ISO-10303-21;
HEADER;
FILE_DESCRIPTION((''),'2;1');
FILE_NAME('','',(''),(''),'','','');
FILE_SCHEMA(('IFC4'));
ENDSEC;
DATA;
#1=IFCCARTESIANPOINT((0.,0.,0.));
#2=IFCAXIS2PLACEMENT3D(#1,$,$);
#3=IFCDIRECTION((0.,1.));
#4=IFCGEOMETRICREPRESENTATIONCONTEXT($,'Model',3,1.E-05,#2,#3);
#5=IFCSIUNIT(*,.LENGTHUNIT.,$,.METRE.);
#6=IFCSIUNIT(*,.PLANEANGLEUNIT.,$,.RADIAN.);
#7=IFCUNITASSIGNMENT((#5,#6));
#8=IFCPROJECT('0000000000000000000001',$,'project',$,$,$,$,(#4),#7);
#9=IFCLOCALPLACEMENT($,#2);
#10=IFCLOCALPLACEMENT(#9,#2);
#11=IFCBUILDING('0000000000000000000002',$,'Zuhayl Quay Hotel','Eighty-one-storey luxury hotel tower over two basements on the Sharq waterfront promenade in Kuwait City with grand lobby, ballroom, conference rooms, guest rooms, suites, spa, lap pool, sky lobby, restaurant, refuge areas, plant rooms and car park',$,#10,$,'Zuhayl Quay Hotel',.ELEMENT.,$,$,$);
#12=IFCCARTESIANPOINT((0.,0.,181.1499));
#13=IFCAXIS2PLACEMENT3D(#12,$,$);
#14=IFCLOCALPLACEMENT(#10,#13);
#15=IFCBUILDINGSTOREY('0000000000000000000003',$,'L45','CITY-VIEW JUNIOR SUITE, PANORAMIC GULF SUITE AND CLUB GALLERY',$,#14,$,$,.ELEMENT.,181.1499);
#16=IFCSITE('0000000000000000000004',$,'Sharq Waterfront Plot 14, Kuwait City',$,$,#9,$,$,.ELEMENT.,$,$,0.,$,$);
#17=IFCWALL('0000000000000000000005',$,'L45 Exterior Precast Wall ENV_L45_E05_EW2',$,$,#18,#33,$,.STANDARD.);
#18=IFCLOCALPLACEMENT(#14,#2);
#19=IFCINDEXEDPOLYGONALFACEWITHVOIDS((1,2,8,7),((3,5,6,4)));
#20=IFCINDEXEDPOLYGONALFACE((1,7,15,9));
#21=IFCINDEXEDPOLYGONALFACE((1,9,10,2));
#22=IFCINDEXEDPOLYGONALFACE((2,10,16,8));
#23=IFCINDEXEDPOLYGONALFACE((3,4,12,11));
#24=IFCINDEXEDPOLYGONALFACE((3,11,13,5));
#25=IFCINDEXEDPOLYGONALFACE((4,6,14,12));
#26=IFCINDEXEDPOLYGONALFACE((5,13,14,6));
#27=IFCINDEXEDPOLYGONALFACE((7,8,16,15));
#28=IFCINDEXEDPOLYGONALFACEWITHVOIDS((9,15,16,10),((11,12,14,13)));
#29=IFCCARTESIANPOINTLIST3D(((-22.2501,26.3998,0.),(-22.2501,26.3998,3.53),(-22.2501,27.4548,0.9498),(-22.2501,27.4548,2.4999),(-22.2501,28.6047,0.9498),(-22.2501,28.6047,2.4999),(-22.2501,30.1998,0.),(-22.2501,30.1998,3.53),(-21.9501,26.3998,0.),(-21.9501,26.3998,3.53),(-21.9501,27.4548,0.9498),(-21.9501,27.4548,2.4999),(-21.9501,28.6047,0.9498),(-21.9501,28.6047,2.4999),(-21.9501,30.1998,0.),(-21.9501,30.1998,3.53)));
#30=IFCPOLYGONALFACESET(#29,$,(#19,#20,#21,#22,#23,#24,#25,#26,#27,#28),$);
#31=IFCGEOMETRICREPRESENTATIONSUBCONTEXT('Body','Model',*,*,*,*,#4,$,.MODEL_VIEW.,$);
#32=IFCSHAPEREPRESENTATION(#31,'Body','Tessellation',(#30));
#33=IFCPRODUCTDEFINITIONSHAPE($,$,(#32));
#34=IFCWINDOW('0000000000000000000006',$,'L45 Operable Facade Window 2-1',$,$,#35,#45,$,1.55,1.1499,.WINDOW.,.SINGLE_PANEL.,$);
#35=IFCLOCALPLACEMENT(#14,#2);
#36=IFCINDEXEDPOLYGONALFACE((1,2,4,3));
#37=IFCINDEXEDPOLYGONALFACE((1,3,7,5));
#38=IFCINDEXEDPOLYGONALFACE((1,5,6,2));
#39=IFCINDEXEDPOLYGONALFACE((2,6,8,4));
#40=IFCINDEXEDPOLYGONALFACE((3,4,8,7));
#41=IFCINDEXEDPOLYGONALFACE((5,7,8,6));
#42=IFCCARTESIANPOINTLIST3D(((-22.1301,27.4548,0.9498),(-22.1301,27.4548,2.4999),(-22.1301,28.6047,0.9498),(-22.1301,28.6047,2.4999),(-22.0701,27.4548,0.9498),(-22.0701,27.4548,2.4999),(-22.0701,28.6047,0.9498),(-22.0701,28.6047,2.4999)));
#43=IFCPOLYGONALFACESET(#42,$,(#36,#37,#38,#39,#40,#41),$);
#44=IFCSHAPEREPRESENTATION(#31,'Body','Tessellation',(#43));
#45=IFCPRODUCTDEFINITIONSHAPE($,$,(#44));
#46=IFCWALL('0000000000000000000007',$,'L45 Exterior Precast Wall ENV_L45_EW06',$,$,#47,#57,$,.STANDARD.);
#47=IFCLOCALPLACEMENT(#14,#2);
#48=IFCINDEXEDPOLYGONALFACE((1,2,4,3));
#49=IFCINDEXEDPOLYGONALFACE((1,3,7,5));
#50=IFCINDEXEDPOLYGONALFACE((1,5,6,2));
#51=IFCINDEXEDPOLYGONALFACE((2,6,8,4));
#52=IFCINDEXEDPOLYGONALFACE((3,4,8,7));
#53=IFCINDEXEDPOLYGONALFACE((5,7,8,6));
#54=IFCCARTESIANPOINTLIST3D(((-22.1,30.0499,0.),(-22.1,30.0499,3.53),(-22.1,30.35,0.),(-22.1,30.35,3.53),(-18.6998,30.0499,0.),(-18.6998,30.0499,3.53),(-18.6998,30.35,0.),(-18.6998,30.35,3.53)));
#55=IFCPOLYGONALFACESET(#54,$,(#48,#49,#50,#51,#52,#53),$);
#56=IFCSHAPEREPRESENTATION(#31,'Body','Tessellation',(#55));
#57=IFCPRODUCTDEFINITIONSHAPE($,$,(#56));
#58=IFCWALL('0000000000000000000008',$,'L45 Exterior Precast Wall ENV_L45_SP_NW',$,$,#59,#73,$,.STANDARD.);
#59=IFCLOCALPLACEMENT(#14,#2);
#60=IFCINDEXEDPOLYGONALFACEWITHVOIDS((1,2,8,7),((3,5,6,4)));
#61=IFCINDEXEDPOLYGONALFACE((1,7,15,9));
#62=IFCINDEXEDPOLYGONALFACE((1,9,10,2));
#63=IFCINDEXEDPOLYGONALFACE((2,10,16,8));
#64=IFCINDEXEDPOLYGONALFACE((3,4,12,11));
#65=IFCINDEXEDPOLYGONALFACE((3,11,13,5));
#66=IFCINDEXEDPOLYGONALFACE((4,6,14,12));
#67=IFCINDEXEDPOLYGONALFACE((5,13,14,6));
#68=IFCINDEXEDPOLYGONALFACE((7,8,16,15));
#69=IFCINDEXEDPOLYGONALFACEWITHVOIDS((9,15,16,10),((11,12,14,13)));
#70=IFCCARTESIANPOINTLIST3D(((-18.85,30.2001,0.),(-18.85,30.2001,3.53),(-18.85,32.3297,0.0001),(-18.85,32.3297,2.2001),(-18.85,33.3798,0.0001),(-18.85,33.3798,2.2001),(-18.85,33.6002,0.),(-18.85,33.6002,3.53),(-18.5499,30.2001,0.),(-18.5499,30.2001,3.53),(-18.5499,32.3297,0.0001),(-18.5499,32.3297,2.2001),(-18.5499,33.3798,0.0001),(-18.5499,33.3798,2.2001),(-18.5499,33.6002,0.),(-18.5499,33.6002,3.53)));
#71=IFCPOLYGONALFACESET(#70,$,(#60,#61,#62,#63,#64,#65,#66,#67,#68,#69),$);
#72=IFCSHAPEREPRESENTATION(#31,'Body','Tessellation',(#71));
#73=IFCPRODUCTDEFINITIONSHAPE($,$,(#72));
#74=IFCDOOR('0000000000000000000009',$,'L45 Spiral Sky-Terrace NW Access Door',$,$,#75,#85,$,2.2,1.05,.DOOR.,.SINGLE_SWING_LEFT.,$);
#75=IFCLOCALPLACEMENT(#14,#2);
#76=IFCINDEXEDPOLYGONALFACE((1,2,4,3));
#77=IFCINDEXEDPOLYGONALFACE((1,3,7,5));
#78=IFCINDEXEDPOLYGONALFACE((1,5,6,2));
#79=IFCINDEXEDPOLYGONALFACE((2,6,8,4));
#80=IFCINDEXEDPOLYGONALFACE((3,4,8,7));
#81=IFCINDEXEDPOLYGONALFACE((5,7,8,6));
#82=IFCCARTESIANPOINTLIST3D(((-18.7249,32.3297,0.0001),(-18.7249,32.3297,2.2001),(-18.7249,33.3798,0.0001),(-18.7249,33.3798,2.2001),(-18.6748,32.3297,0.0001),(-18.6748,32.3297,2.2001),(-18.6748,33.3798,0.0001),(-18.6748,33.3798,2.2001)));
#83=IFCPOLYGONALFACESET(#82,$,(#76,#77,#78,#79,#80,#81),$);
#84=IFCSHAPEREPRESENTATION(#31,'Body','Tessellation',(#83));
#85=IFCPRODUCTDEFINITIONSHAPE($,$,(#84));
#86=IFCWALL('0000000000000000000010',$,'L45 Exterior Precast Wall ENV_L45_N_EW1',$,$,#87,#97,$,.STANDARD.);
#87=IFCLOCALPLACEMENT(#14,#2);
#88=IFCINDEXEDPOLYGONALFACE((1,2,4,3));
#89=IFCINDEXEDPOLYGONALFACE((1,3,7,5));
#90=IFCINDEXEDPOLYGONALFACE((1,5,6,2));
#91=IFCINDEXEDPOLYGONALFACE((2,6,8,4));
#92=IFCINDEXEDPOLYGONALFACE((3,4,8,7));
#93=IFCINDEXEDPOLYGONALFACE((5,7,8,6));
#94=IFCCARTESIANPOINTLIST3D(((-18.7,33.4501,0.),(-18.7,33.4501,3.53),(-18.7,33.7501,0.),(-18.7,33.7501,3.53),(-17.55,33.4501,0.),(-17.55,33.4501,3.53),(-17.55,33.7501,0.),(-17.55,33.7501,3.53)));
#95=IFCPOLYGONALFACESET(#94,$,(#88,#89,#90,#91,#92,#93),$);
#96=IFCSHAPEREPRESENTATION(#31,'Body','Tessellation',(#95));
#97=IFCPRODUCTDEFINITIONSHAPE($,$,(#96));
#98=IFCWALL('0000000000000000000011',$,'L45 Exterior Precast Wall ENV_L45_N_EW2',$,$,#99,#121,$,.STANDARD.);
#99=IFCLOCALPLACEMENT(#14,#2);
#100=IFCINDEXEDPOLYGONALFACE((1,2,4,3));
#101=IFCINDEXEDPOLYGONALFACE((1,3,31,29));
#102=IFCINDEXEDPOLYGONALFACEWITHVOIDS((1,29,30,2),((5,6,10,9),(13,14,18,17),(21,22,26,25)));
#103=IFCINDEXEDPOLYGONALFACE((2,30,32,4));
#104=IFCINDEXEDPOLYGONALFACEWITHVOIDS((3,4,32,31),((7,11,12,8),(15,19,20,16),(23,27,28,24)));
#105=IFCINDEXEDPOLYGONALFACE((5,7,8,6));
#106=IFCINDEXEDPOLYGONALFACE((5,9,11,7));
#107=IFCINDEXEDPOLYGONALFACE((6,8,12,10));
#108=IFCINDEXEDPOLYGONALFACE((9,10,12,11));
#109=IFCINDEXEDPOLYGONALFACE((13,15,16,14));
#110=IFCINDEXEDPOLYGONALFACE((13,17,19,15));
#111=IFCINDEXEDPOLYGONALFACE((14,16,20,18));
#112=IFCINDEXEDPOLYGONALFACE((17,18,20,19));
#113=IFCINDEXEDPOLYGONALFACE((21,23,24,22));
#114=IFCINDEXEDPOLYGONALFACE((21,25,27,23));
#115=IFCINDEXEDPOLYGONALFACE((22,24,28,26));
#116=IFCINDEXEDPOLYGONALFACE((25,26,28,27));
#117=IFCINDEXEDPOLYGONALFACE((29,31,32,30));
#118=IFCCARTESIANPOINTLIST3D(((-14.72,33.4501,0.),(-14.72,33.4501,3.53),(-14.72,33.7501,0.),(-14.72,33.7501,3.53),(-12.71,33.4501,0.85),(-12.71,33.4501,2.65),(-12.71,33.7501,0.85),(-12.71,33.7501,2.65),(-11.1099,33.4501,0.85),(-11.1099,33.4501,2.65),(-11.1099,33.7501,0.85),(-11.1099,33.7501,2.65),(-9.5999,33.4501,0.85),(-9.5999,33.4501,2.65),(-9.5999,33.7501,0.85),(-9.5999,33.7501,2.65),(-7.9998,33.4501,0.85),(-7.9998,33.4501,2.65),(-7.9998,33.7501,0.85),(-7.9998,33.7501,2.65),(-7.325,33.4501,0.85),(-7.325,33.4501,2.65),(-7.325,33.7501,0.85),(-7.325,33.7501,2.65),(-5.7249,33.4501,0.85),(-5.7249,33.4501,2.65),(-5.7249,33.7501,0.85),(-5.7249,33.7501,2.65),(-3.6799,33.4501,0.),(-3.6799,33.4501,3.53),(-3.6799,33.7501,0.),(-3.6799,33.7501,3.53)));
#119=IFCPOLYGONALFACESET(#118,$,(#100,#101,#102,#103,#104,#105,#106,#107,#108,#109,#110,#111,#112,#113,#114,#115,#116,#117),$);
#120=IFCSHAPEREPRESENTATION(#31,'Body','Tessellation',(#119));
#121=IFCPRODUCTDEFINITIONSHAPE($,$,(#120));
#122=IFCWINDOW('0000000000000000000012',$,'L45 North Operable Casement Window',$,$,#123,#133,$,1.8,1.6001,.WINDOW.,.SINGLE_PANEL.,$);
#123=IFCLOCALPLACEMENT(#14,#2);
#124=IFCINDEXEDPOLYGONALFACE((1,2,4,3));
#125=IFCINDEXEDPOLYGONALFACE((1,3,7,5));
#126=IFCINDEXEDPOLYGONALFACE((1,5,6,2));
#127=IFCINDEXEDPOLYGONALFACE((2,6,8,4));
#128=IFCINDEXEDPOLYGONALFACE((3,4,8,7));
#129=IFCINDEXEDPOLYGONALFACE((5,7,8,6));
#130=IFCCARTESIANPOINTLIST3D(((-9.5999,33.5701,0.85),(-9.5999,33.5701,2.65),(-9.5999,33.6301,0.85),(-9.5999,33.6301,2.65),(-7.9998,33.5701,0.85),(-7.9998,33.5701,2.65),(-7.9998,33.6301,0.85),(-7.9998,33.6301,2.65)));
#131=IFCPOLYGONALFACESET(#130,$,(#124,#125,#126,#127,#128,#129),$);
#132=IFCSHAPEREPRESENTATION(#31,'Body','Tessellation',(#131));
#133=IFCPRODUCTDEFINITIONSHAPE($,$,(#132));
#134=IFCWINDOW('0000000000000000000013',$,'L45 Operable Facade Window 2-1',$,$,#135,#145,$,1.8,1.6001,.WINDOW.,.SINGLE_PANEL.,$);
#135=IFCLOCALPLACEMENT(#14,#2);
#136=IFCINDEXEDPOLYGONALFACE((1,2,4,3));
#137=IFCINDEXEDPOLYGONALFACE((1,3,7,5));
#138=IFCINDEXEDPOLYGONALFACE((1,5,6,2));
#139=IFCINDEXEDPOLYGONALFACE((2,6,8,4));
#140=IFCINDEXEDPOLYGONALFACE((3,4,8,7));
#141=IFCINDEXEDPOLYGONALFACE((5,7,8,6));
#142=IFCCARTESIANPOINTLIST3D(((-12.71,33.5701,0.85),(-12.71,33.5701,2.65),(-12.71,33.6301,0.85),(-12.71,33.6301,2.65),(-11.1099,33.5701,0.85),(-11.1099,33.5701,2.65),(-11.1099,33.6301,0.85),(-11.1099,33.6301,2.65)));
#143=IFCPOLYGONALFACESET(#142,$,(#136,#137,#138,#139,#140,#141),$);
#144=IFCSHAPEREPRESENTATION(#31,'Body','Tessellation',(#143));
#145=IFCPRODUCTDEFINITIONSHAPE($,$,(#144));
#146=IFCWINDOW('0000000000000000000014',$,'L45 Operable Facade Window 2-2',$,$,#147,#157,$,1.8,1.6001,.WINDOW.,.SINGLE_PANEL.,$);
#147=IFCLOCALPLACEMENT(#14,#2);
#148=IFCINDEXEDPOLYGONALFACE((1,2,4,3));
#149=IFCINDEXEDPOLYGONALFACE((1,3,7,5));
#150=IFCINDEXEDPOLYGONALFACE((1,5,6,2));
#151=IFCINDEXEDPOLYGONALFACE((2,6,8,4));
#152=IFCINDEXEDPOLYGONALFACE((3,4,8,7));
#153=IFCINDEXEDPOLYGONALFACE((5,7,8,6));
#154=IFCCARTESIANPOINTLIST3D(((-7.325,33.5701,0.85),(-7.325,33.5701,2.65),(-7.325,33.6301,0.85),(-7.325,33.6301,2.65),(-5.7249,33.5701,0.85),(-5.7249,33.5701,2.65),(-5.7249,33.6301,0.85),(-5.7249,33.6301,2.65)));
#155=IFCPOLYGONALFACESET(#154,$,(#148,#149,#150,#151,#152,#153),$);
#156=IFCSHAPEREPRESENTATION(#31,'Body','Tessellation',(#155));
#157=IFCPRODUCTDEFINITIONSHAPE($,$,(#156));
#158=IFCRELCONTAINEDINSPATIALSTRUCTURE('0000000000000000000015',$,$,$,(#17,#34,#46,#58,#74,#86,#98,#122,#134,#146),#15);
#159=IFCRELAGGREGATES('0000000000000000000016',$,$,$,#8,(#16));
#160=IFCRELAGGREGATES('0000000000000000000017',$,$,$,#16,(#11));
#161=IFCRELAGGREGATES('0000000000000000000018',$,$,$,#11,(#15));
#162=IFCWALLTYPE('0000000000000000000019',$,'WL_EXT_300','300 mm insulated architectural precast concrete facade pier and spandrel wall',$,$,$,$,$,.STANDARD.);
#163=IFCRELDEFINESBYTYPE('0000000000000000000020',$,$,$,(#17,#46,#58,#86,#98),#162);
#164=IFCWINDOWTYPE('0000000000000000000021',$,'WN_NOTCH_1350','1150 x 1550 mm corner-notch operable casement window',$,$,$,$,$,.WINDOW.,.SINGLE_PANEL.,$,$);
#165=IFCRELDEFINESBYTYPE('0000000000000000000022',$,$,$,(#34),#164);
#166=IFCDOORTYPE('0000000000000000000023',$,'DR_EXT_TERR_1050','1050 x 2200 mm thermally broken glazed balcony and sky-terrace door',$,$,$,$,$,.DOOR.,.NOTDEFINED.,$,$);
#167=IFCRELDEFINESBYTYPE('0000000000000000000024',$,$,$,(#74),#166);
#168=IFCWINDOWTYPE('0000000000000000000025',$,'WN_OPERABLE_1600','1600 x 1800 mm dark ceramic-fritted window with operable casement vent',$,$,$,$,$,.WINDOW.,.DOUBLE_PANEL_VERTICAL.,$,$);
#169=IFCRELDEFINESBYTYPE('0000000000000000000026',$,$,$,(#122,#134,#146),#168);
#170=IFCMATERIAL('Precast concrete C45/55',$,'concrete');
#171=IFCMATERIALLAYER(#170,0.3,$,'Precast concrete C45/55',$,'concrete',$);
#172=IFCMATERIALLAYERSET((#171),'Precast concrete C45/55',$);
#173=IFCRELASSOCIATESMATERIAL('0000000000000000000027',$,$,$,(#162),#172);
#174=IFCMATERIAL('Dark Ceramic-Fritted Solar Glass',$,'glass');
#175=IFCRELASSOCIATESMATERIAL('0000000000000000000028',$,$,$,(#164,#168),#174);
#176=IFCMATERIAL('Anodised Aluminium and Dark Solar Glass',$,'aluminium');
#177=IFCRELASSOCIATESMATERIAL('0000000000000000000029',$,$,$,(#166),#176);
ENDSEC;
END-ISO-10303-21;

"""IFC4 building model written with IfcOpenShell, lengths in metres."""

from ifc_helpers import new_model, si_unit, direction, frame, frame_2d, origin, place, context, subcontext, project, spatial, rectangle, extrude, material, layer, layer_set, type_object, element, fill, save


model = new_model("IFC4")

# Units and contexts
model_context = context("Model", 3, precision=1e-05, world=origin(), true_north=direction((0.0, 1.0)))
body_context = subcontext(model_context, "Body", "Model", "MODEL_VIEW")
ifc_project = project(units=[si_unit("LENGTHUNIT", "METRE"), si_unit("PLANEANGLEUNIT", "RADIAN")], contexts=[model_context])

# Site, building, storey
site_placement = place(None, origin())
site = spatial("IfcSite", under=ifc_project, at=site_placement, Name="Sharq Waterfront Plot 14, Kuwait City", CompositionType="ELEMENT", RefElevation=0.0)
building_placement = place(site_placement, origin())
building = spatial("IfcBuilding", under=site, at=building_placement, Name="Zuhayl Quay Hotel", Description="Eighty-one-storey luxury hotel tower over two basements on the Sharq waterfront promenade in Kuwait City with grand lobby, ballroom, conference rooms, guest rooms, suites, spa, lap pool, sky lobby, restaurant, refuge areas, plant rooms and car park", LongName="Zuhayl Quay Hotel", CompositionType="ELEMENT")
storey_placement = place(building_placement, frame((0.0, 0.0, 181.1499)))
storey = spatial("IfcBuildingStorey", under=building, at=storey_placement, Name="L45", Description="CITY-VIEW JUNIOR SUITE, PANORAMIC GULF SUITE AND CLUB GALLERY", CompositionType="ELEMENT", Elevation=181.1499)

# Shared definitions
ifc_material_1 = material(Name="Dark Ceramic-Fritted Solar Glass", Category="glass")

# Wall, opening, window
ifc_material_2 = material(Name="Precast concrete C45/55", Category="concrete")
ifc_layer_1 = layer(ifc_material_2, 0.3, Name="Precast concrete C45/55", Category="concrete")
ifc_layer_set_1 = layer_set([ifc_layer_1], Name="Precast concrete C45/55")
wall_type_1 = type_object("IfcWallType", Name="WL_EXT_300", Description="300 mm insulated architectural precast concrete facade pier and spandrel wall", PredefinedType="STANDARD", material=ifc_layer_set_1)
wall_1_placement = place(storey_placement, frame((-22.1001, 26.3999, 0.0), z_axis=(0.0, 0.0, 1.0), x_axis=(0.0, 1.0, 0.0)))
wall_1 = element("IfcWall", 1, at=wall_1_placement, inside=storey, type_object=wall_type_1, Name="L45 Exterior Precast Wall ENV_L45_E05_EW2", PredefinedType="STANDARD", context=body_context, shape_type="SweptSolid", body=[
    extrude(rectangle(XDim=3.8, YDim=0.3, at=frame_2d((1.8999, 0.0))), origin(), (0.0, 0.0, 1.0), 3.53),
])
opening_1_placement = place(wall_1_placement, frame((1.0549, 0.0, 0.95)))
opening_1 = element("IfcOpeningElement", 2, at=opening_1_placement, cuts=wall_1, PredefinedType="OPENING", context=body_context, shape_type="SweptSolid", body=[
    extrude(rectangle(XDim=1.1499, YDim=1.55, at=frame_2d((0.575, 0.7749))), frame((0.0, 0.1599, 0.0), z_axis=(0.0, -1.0, 0.0), x_axis=(1.0, 0.0, 0.0)), (0.0, 0.0, 1.0), 0.3201),
])
window_type_1 = type_object("IfcWindowType", Name="WN_NOTCH_1350", Description="1150 x 1550 mm corner-notch operable casement window", PartitioningType="SINGLE_PANEL", PredefinedType="WINDOW", material=ifc_material_1)
window_1_placement = place(opening_1_placement, origin())
window_1 = element("IfcWindow", 3, at=window_1_placement, inside=storey, type_object=window_type_1, Name="L45 Operable Facade Window 2-1", OverallHeight=1.55, OverallWidth=1.1499, PartitioningType="SINGLE_PANEL", PredefinedType="WINDOW", context=body_context, shape_type="SweptSolid", body=[
    extrude(rectangle(XDim=1.1499, YDim=1.55, at=frame_2d((0.575, 0.7749))), frame((0.0, 0.03, 0.0), z_axis=(0.0, -1.0, 0.0), x_axis=(1.0, 0.0, 0.0)), (0.0, 0.0, 1.0), 0.0601),
])
fill(opening_1, window_1)

# Wall
wall_2_placement = place(storey_placement, frame((-22.1001, 30.2, 0.0), z_axis=(0.0, 0.0, 1.0), x_axis=(1.0, 0.0, 0.0)))
element("IfcWall", 4, at=wall_2_placement, inside=storey, type_object=wall_type_1, Name="L45 Exterior Precast Wall ENV_L45_EW06", PredefinedType="STANDARD", context=body_context, shape_type="SweptSolid", body=[
    extrude(rectangle(XDim=3.4001, YDim=0.3, at=frame_2d((1.7002, 0.0))), origin(), (0.0, 0.0, 1.0), 3.53),
])

# Wall, opening, door
wall_3_placement = place(storey_placement, frame((-18.7, 30.2, 0.0), z_axis=(0.0, 0.0, 1.0), x_axis=(0.0, 1.0, 0.0)))
wall_3 = element("IfcWall", 5, at=wall_3_placement, inside=storey, type_object=wall_type_1, Name="L45 Exterior Precast Wall ENV_L45_SP_NW", PredefinedType="STANDARD", context=body_context, shape_type="SweptSolid", body=[
    extrude(rectangle(XDim=3.4001, YDim=0.3, at=frame_2d((1.7002, 0.0))), origin(), (0.0, 0.0, 1.0), 3.53),
])
opening_2_placement = place(wall_3_placement, frame((2.1299, 0.0, 0.0)))
opening_2 = element("IfcOpeningElement", 6, at=opening_2_placement, cuts=wall_3, PredefinedType="OPENING", context=body_context, shape_type="SweptSolid", body=[
    extrude(rectangle(XDim=1.05, YDim=2.2, at=frame_2d((0.5249, 1.1001))), frame((0.0, 0.1599, 0.0), z_axis=(0.0, -1.0, 0.0), x_axis=(1.0, 0.0, 0.0)), (0.0, 0.0, 1.0), 0.3201),
])
ifc_material_3 = material(Name="Anodised Aluminium and Dark Solar Glass", Category="aluminium")
door_type_1 = type_object("IfcDoorType", Name="DR_EXT_TERR_1050", Description="1050 x 2200 mm thermally broken glazed balcony and sky-terrace door", OperationType="NOTDEFINED", PredefinedType="DOOR", material=ifc_material_3)
door_1_placement = place(opening_2_placement, origin())
door_1 = element("IfcDoor", 7, at=door_1_placement, inside=storey, type_object=door_type_1, Name="L45 Spiral Sky-Terrace NW Access Door", OperationType="SINGLE_SWING_LEFT", OverallHeight=2.2, OverallWidth=1.05, PredefinedType="DOOR", context=body_context, shape_type="SweptSolid", body=[
    extrude(rectangle(XDim=1.05, YDim=2.2, at=frame_2d((0.5249, 1.1001))), frame((0.0, 0.0249, 0.0), z_axis=(0.0, -1.0, 0.0), x_axis=(1.0, 0.0, 0.0)), (0.0, 0.0, 1.0), 0.05),
])
fill(opening_2, door_1)

# Wall
wall_4_placement = place(storey_placement, frame((-18.7, 33.6001, 0.0), z_axis=(0.0, 0.0, 1.0), x_axis=(1.0, 0.0, 0.0)))
element("IfcWall", 8, at=wall_4_placement, inside=storey, type_object=wall_type_1, Name="L45 Exterior Precast Wall ENV_L45_N_EW1", PredefinedType="STANDARD", context=body_context, shape_type="SweptSolid", body=[
    extrude(rectangle(XDim=1.1499, YDim=0.3, at=frame_2d((0.575, 0.0))), origin(), (0.0, 0.0, 1.0), 3.53),
])

# Wall, openings, windows
wall_5_placement = place(storey_placement, frame((-14.72, 33.6001, 0.0), z_axis=(0.0, 0.0, 1.0), x_axis=(1.0, 0.0, 0.0)))
wall_5 = element("IfcWall", 9, at=wall_5_placement, inside=storey, type_object=wall_type_1, Name="L45 Exterior Precast Wall ENV_L45_N_EW2", PredefinedType="STANDARD", context=body_context, shape_type="SweptSolid", body=[
    extrude(rectangle(XDim=11.04, YDim=0.3, at=frame_2d((5.52, 0.0))), origin(), (0.0, 0.0, 1.0), 3.53),
])
opening_3_placement = place(wall_5_placement, frame((5.1201, 0.0, 0.8501)))
opening_3 = element("IfcOpeningElement", 10, at=opening_3_placement, cuts=wall_5, PredefinedType="OPENING", context=body_context, shape_type="SweptSolid", body=[
    extrude(rectangle(XDim=1.6001, YDim=1.8, at=frame_2d((0.8, 0.8999))), frame((0.0, 0.1599, 0.0), z_axis=(0.0, -1.0, 0.0), x_axis=(1.0, 0.0, 0.0)), (0.0, 0.0, 1.0), 0.3201),
])
opening_4_placement = place(wall_5_placement, frame((2.01, 0.0, 0.8501)))
opening_4 = element("IfcOpeningElement", 11, at=opening_4_placement, cuts=wall_5, PredefinedType="OPENING", context=body_context, shape_type="SweptSolid", body=[
    extrude(rectangle(XDim=1.6001, YDim=1.8, at=frame_2d((0.8, 0.8999))), frame((0.0, 0.1599, 0.0), z_axis=(0.0, -1.0, 0.0), x_axis=(1.0, 0.0, 0.0)), (0.0, 0.0, 1.0), 0.3201),
])
opening_5_placement = place(wall_5_placement, frame((7.395, 0.0, 0.8501)))
opening_5 = element("IfcOpeningElement", 12, at=opening_5_placement, cuts=wall_5, PredefinedType="OPENING", context=body_context, shape_type="SweptSolid", body=[
    extrude(rectangle(XDim=1.6001, YDim=1.8, at=frame_2d((0.8, 0.8999))), frame((0.0, 0.1599, 0.0), z_axis=(0.0, -1.0, 0.0), x_axis=(1.0, 0.0, 0.0)), (0.0, 0.0, 1.0), 0.3201),
])
window_type_2 = type_object("IfcWindowType", Name="WN_OPERABLE_1600", Description="1600 x 1800 mm dark ceramic-fritted window with operable casement vent", PartitioningType="DOUBLE_PANEL_VERTICAL", PredefinedType="WINDOW", material=ifc_material_1)
window_2_placement = place(opening_3_placement, origin())
window_2 = element("IfcWindow", 13, at=window_2_placement, inside=storey, type_object=window_type_2, Name="L45 North Operable Casement Window", OverallHeight=1.8, OverallWidth=1.6001, PartitioningType="SINGLE_PANEL", PredefinedType="WINDOW", context=body_context, shape_type="SweptSolid", body=[
    extrude(rectangle(XDim=1.6001, YDim=1.8, at=frame_2d((0.8, 0.8999))), frame((0.0, 0.03, 0.0), z_axis=(0.0, -1.0, 0.0), x_axis=(1.0, 0.0, 0.0)), (0.0, 0.0, 1.0), 0.0601),
])
fill(opening_3, window_2)
window_3_placement = place(opening_4_placement, origin())
window_3 = element("IfcWindow", 14, at=window_3_placement, inside=storey, type_object=window_type_2, Name="L45 Operable Facade Window 2-1", OverallHeight=1.8, OverallWidth=1.6001, PartitioningType="SINGLE_PANEL", PredefinedType="WINDOW", context=body_context, shape_type="SweptSolid", body=[
    extrude(rectangle(XDim=1.6001, YDim=1.8, at=frame_2d((0.8, 0.8999))), frame((0.0, 0.03, 0.0), z_axis=(0.0, -1.0, 0.0), x_axis=(1.0, 0.0, 0.0)), (0.0, 0.0, 1.0), 0.0601),
])
fill(opening_4, window_3)
window_4_placement = place(opening_5_placement, origin())
window_4 = element("IfcWindow", 15, at=window_4_placement, inside=storey, type_object=window_type_2, Name="L45 Operable Facade Window 2-2", OverallHeight=1.8, OverallWidth=1.6001, PartitioningType="SINGLE_PANEL", PredefinedType="WINDOW", context=body_context, shape_type="SweptSolid", body=[
    extrude(rectangle(XDim=1.6001, YDim=1.8, at=frame_2d((0.8, 0.8999))), frame((0.0, 0.03, 0.0), z_axis=(0.0, -1.0, 0.0), x_axis=(1.0, 0.0, 0.0)), (0.0, 0.0, 1.0), 0.0601),
])
fill(opening_5, window_4)

save(model, "model.ifc")
